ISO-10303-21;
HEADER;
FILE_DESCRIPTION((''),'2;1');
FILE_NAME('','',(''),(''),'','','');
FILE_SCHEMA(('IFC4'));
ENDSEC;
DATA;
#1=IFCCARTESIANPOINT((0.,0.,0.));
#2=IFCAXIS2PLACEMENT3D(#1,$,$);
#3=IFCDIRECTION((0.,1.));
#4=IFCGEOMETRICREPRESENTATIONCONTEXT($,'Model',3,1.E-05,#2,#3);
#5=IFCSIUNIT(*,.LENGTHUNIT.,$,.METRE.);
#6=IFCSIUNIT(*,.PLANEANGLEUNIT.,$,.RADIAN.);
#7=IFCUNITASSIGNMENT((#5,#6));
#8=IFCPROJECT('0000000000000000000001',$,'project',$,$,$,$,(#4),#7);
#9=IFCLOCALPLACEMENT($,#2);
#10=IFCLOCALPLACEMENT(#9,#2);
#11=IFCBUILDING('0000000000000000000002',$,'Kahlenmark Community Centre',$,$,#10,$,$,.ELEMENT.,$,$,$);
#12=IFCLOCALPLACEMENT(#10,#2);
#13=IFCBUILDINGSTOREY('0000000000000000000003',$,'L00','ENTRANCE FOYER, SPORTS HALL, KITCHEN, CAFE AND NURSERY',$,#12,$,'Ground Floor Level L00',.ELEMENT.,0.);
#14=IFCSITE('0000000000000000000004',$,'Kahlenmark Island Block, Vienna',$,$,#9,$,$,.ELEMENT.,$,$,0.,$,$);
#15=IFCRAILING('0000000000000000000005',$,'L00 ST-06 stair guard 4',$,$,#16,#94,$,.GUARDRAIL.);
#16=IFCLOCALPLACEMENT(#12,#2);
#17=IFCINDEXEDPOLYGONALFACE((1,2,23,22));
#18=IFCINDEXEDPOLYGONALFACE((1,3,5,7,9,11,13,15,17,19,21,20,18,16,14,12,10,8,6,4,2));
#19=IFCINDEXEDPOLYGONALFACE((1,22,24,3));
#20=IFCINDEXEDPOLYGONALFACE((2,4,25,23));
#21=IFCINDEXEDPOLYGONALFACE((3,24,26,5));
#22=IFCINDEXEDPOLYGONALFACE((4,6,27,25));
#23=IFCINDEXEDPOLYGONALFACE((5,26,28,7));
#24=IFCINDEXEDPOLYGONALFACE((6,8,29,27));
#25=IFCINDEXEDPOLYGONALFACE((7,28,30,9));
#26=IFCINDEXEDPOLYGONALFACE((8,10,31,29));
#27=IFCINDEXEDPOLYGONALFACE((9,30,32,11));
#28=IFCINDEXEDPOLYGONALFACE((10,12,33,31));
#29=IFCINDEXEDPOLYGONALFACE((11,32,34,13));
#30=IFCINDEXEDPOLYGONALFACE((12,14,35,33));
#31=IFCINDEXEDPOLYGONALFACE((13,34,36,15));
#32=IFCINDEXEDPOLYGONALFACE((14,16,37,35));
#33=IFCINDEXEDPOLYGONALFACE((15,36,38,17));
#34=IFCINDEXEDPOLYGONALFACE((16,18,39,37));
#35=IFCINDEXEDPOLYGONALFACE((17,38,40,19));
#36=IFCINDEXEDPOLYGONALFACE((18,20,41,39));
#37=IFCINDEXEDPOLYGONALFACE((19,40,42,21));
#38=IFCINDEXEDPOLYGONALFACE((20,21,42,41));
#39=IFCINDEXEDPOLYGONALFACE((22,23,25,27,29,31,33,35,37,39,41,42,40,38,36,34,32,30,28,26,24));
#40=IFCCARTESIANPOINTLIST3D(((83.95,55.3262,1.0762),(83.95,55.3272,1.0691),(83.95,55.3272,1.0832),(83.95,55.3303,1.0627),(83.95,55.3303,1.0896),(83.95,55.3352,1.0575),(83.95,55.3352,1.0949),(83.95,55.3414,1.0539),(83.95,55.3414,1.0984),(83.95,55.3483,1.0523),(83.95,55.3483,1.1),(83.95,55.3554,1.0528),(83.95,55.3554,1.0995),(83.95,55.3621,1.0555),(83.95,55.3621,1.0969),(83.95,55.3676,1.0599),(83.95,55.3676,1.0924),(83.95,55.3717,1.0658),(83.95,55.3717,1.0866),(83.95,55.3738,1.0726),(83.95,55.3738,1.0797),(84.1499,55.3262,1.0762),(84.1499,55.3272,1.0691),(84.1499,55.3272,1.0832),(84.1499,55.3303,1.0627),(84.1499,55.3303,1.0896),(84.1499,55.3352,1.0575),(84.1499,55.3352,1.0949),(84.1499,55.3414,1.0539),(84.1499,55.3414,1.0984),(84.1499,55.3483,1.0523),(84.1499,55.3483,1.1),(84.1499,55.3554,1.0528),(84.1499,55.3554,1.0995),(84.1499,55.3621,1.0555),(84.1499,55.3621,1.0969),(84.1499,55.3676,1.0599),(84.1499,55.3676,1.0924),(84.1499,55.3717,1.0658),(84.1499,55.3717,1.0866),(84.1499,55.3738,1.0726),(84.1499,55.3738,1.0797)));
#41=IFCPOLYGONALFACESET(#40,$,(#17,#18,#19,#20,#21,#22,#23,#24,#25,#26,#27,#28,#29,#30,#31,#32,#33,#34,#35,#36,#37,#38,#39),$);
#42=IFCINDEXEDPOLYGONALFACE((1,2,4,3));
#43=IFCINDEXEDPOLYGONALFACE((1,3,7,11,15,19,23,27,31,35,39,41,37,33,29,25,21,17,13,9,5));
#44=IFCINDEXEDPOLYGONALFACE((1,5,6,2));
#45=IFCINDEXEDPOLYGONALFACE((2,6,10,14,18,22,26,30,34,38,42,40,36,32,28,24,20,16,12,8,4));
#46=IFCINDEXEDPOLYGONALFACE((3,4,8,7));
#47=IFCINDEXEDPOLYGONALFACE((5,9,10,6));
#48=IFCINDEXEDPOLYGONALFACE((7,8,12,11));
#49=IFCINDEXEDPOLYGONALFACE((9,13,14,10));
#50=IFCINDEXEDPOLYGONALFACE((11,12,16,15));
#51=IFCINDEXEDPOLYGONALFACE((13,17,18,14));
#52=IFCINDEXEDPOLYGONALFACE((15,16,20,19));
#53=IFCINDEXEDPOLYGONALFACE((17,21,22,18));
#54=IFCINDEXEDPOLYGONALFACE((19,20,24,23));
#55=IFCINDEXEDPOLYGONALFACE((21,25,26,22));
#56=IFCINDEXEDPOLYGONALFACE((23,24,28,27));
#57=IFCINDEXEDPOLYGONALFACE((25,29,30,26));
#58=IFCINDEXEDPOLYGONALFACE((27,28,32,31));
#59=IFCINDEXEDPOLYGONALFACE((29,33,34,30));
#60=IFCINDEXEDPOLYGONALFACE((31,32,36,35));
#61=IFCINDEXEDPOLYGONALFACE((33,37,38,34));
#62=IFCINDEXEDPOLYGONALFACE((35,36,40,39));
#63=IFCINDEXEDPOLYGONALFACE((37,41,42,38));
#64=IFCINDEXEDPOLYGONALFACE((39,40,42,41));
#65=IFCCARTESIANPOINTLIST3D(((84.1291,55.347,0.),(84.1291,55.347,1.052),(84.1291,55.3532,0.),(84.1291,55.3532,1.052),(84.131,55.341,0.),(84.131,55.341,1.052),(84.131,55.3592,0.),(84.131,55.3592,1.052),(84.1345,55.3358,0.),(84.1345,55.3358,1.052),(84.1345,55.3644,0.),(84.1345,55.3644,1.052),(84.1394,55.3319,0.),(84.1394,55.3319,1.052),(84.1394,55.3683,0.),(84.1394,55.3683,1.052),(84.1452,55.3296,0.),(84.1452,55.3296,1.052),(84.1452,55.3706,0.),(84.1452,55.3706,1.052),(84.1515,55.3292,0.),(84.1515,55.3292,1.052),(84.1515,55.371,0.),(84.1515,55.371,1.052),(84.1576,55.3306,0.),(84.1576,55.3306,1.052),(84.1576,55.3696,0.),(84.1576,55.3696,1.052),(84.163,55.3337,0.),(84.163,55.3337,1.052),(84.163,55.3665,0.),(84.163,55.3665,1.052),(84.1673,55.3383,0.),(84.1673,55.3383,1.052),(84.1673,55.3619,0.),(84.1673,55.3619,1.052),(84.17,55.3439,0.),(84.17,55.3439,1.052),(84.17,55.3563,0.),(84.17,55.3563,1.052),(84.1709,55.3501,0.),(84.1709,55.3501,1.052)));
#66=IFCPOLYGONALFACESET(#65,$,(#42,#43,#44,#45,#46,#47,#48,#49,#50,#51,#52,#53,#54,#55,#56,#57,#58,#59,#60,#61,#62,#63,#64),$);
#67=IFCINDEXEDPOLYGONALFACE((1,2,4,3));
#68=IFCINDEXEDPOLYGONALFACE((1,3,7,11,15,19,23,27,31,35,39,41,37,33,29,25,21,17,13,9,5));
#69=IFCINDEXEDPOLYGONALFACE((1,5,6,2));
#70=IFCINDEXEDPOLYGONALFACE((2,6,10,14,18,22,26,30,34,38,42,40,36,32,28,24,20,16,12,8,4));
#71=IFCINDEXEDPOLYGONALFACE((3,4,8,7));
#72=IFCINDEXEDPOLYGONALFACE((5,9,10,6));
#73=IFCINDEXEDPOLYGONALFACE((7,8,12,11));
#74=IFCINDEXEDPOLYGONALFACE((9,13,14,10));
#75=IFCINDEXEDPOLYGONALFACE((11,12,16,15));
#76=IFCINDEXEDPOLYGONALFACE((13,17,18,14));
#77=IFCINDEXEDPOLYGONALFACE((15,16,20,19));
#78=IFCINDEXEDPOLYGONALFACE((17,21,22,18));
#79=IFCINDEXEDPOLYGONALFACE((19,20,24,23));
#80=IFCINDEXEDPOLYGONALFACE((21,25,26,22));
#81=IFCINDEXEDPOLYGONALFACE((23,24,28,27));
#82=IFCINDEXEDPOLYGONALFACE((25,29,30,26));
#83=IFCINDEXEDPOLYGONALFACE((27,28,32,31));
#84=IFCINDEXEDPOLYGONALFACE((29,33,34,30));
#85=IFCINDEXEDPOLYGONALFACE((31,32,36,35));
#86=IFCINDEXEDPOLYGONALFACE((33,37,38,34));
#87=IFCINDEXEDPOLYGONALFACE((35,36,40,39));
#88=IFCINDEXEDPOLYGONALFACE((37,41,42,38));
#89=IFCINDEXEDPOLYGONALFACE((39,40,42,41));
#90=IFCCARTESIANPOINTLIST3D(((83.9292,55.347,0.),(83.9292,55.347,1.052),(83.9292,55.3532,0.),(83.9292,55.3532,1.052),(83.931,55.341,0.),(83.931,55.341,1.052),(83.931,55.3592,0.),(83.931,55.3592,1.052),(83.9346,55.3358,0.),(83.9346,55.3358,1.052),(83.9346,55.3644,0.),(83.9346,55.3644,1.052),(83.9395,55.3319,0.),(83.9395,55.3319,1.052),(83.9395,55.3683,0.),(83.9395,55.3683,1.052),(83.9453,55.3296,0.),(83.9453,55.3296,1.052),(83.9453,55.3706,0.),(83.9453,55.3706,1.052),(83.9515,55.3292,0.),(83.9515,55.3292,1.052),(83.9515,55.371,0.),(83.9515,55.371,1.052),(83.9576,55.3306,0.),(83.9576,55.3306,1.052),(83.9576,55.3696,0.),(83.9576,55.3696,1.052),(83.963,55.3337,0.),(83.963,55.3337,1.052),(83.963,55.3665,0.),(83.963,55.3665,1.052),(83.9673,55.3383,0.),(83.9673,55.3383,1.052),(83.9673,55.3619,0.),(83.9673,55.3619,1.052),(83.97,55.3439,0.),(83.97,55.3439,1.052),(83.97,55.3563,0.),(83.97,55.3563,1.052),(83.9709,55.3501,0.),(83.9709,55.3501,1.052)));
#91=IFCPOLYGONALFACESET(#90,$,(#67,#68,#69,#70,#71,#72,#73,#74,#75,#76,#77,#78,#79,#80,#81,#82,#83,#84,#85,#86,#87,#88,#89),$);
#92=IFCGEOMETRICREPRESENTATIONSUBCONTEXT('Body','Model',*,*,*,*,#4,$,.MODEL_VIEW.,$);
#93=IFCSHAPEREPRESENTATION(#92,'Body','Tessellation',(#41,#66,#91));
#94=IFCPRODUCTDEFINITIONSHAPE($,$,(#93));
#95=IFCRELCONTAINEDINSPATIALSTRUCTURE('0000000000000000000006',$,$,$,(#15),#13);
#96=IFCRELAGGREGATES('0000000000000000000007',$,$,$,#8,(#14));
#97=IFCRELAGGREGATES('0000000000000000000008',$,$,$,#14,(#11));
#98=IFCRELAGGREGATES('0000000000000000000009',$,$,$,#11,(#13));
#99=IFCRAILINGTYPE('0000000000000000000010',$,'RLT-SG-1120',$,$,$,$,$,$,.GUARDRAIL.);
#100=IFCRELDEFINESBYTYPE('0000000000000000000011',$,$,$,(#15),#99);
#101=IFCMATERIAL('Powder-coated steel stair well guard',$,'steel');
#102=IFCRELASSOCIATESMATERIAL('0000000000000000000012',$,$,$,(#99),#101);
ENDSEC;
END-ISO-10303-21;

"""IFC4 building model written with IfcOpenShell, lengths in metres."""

from ifc_helpers import new_model, si_unit, direction, frame, origin, origin_2d, place, context, subcontext, project, spatial, circle, extrude, material, type_object, element, save


model = new_model("IFC4")

# Units and contexts
model_context = context("Model", 3, precision=1e-05, world=origin(), true_north=direction((0.0, 1.0)))
body_context = subcontext(model_context, "Body", "Model", "MODEL_VIEW")
ifc_project = project(units=[si_unit("LENGTHUNIT", "METRE"), si_unit("PLANEANGLEUNIT", "RADIAN")], contexts=[model_context])

# Site, building, storey
site_placement = place(None, origin())
site = spatial("IfcSite", under=ifc_project, at=site_placement, Name="Kahlenmark Island Block, Vienna", CompositionType="ELEMENT", RefElevation=0.0)
building_placement = place(site_placement, origin())
building = spatial("IfcBuilding", under=site, at=building_placement, Name="Kahlenmark Community Centre", CompositionType="ELEMENT")
storey_placement = place(building_placement, origin())
storey = spatial("IfcBuildingStorey", under=building, at=storey_placement, Name="L00", Description="ENTRANCE FOYER, SPORTS HALL, KITCHEN, CAFE AND NURSERY", LongName="Ground Floor Level L00", CompositionType="ELEMENT", Elevation=0.0)

# Railing
ifc_material_1 = material(Name="Powder-coated steel stair well guard", Category="steel")
railing_type = type_object("IfcRailingType", Name="RLT-SG-1120", PredefinedType="GUARDRAIL", material=ifc_material_1)
railing_1_placement = place(storey_placement, frame((84.1499, 55.3501, 0.0)))
element("IfcRailing", 1, at=railing_1_placement, inside=storey, type_object=railing_type, Name="L00 ST-06 stair guard 4", PredefinedType="GUARDRAIL", context=body_context, shape_type="SweptSolid", body=[
    extrude(circle(Radius=0.0239, at=origin_2d()), frame((0.0, 0.0, 1.0762), z_axis=(-1.0, 0.0, 0.0), x_axis=(0.0, -1.0, 0.0)), (0.0, 0.0, 1.0), 0.2),
    extrude(circle(Radius=0.021, at=origin_2d()), origin(), (0.0, 0.0, 1.0), 1.052),
    extrude(circle(Radius=0.021, at=origin_2d()), frame((-0.2, 0.0, 0.0)), (0.0, 0.0, 1.0), 1.052),
])

save(model, "model.ifc")
